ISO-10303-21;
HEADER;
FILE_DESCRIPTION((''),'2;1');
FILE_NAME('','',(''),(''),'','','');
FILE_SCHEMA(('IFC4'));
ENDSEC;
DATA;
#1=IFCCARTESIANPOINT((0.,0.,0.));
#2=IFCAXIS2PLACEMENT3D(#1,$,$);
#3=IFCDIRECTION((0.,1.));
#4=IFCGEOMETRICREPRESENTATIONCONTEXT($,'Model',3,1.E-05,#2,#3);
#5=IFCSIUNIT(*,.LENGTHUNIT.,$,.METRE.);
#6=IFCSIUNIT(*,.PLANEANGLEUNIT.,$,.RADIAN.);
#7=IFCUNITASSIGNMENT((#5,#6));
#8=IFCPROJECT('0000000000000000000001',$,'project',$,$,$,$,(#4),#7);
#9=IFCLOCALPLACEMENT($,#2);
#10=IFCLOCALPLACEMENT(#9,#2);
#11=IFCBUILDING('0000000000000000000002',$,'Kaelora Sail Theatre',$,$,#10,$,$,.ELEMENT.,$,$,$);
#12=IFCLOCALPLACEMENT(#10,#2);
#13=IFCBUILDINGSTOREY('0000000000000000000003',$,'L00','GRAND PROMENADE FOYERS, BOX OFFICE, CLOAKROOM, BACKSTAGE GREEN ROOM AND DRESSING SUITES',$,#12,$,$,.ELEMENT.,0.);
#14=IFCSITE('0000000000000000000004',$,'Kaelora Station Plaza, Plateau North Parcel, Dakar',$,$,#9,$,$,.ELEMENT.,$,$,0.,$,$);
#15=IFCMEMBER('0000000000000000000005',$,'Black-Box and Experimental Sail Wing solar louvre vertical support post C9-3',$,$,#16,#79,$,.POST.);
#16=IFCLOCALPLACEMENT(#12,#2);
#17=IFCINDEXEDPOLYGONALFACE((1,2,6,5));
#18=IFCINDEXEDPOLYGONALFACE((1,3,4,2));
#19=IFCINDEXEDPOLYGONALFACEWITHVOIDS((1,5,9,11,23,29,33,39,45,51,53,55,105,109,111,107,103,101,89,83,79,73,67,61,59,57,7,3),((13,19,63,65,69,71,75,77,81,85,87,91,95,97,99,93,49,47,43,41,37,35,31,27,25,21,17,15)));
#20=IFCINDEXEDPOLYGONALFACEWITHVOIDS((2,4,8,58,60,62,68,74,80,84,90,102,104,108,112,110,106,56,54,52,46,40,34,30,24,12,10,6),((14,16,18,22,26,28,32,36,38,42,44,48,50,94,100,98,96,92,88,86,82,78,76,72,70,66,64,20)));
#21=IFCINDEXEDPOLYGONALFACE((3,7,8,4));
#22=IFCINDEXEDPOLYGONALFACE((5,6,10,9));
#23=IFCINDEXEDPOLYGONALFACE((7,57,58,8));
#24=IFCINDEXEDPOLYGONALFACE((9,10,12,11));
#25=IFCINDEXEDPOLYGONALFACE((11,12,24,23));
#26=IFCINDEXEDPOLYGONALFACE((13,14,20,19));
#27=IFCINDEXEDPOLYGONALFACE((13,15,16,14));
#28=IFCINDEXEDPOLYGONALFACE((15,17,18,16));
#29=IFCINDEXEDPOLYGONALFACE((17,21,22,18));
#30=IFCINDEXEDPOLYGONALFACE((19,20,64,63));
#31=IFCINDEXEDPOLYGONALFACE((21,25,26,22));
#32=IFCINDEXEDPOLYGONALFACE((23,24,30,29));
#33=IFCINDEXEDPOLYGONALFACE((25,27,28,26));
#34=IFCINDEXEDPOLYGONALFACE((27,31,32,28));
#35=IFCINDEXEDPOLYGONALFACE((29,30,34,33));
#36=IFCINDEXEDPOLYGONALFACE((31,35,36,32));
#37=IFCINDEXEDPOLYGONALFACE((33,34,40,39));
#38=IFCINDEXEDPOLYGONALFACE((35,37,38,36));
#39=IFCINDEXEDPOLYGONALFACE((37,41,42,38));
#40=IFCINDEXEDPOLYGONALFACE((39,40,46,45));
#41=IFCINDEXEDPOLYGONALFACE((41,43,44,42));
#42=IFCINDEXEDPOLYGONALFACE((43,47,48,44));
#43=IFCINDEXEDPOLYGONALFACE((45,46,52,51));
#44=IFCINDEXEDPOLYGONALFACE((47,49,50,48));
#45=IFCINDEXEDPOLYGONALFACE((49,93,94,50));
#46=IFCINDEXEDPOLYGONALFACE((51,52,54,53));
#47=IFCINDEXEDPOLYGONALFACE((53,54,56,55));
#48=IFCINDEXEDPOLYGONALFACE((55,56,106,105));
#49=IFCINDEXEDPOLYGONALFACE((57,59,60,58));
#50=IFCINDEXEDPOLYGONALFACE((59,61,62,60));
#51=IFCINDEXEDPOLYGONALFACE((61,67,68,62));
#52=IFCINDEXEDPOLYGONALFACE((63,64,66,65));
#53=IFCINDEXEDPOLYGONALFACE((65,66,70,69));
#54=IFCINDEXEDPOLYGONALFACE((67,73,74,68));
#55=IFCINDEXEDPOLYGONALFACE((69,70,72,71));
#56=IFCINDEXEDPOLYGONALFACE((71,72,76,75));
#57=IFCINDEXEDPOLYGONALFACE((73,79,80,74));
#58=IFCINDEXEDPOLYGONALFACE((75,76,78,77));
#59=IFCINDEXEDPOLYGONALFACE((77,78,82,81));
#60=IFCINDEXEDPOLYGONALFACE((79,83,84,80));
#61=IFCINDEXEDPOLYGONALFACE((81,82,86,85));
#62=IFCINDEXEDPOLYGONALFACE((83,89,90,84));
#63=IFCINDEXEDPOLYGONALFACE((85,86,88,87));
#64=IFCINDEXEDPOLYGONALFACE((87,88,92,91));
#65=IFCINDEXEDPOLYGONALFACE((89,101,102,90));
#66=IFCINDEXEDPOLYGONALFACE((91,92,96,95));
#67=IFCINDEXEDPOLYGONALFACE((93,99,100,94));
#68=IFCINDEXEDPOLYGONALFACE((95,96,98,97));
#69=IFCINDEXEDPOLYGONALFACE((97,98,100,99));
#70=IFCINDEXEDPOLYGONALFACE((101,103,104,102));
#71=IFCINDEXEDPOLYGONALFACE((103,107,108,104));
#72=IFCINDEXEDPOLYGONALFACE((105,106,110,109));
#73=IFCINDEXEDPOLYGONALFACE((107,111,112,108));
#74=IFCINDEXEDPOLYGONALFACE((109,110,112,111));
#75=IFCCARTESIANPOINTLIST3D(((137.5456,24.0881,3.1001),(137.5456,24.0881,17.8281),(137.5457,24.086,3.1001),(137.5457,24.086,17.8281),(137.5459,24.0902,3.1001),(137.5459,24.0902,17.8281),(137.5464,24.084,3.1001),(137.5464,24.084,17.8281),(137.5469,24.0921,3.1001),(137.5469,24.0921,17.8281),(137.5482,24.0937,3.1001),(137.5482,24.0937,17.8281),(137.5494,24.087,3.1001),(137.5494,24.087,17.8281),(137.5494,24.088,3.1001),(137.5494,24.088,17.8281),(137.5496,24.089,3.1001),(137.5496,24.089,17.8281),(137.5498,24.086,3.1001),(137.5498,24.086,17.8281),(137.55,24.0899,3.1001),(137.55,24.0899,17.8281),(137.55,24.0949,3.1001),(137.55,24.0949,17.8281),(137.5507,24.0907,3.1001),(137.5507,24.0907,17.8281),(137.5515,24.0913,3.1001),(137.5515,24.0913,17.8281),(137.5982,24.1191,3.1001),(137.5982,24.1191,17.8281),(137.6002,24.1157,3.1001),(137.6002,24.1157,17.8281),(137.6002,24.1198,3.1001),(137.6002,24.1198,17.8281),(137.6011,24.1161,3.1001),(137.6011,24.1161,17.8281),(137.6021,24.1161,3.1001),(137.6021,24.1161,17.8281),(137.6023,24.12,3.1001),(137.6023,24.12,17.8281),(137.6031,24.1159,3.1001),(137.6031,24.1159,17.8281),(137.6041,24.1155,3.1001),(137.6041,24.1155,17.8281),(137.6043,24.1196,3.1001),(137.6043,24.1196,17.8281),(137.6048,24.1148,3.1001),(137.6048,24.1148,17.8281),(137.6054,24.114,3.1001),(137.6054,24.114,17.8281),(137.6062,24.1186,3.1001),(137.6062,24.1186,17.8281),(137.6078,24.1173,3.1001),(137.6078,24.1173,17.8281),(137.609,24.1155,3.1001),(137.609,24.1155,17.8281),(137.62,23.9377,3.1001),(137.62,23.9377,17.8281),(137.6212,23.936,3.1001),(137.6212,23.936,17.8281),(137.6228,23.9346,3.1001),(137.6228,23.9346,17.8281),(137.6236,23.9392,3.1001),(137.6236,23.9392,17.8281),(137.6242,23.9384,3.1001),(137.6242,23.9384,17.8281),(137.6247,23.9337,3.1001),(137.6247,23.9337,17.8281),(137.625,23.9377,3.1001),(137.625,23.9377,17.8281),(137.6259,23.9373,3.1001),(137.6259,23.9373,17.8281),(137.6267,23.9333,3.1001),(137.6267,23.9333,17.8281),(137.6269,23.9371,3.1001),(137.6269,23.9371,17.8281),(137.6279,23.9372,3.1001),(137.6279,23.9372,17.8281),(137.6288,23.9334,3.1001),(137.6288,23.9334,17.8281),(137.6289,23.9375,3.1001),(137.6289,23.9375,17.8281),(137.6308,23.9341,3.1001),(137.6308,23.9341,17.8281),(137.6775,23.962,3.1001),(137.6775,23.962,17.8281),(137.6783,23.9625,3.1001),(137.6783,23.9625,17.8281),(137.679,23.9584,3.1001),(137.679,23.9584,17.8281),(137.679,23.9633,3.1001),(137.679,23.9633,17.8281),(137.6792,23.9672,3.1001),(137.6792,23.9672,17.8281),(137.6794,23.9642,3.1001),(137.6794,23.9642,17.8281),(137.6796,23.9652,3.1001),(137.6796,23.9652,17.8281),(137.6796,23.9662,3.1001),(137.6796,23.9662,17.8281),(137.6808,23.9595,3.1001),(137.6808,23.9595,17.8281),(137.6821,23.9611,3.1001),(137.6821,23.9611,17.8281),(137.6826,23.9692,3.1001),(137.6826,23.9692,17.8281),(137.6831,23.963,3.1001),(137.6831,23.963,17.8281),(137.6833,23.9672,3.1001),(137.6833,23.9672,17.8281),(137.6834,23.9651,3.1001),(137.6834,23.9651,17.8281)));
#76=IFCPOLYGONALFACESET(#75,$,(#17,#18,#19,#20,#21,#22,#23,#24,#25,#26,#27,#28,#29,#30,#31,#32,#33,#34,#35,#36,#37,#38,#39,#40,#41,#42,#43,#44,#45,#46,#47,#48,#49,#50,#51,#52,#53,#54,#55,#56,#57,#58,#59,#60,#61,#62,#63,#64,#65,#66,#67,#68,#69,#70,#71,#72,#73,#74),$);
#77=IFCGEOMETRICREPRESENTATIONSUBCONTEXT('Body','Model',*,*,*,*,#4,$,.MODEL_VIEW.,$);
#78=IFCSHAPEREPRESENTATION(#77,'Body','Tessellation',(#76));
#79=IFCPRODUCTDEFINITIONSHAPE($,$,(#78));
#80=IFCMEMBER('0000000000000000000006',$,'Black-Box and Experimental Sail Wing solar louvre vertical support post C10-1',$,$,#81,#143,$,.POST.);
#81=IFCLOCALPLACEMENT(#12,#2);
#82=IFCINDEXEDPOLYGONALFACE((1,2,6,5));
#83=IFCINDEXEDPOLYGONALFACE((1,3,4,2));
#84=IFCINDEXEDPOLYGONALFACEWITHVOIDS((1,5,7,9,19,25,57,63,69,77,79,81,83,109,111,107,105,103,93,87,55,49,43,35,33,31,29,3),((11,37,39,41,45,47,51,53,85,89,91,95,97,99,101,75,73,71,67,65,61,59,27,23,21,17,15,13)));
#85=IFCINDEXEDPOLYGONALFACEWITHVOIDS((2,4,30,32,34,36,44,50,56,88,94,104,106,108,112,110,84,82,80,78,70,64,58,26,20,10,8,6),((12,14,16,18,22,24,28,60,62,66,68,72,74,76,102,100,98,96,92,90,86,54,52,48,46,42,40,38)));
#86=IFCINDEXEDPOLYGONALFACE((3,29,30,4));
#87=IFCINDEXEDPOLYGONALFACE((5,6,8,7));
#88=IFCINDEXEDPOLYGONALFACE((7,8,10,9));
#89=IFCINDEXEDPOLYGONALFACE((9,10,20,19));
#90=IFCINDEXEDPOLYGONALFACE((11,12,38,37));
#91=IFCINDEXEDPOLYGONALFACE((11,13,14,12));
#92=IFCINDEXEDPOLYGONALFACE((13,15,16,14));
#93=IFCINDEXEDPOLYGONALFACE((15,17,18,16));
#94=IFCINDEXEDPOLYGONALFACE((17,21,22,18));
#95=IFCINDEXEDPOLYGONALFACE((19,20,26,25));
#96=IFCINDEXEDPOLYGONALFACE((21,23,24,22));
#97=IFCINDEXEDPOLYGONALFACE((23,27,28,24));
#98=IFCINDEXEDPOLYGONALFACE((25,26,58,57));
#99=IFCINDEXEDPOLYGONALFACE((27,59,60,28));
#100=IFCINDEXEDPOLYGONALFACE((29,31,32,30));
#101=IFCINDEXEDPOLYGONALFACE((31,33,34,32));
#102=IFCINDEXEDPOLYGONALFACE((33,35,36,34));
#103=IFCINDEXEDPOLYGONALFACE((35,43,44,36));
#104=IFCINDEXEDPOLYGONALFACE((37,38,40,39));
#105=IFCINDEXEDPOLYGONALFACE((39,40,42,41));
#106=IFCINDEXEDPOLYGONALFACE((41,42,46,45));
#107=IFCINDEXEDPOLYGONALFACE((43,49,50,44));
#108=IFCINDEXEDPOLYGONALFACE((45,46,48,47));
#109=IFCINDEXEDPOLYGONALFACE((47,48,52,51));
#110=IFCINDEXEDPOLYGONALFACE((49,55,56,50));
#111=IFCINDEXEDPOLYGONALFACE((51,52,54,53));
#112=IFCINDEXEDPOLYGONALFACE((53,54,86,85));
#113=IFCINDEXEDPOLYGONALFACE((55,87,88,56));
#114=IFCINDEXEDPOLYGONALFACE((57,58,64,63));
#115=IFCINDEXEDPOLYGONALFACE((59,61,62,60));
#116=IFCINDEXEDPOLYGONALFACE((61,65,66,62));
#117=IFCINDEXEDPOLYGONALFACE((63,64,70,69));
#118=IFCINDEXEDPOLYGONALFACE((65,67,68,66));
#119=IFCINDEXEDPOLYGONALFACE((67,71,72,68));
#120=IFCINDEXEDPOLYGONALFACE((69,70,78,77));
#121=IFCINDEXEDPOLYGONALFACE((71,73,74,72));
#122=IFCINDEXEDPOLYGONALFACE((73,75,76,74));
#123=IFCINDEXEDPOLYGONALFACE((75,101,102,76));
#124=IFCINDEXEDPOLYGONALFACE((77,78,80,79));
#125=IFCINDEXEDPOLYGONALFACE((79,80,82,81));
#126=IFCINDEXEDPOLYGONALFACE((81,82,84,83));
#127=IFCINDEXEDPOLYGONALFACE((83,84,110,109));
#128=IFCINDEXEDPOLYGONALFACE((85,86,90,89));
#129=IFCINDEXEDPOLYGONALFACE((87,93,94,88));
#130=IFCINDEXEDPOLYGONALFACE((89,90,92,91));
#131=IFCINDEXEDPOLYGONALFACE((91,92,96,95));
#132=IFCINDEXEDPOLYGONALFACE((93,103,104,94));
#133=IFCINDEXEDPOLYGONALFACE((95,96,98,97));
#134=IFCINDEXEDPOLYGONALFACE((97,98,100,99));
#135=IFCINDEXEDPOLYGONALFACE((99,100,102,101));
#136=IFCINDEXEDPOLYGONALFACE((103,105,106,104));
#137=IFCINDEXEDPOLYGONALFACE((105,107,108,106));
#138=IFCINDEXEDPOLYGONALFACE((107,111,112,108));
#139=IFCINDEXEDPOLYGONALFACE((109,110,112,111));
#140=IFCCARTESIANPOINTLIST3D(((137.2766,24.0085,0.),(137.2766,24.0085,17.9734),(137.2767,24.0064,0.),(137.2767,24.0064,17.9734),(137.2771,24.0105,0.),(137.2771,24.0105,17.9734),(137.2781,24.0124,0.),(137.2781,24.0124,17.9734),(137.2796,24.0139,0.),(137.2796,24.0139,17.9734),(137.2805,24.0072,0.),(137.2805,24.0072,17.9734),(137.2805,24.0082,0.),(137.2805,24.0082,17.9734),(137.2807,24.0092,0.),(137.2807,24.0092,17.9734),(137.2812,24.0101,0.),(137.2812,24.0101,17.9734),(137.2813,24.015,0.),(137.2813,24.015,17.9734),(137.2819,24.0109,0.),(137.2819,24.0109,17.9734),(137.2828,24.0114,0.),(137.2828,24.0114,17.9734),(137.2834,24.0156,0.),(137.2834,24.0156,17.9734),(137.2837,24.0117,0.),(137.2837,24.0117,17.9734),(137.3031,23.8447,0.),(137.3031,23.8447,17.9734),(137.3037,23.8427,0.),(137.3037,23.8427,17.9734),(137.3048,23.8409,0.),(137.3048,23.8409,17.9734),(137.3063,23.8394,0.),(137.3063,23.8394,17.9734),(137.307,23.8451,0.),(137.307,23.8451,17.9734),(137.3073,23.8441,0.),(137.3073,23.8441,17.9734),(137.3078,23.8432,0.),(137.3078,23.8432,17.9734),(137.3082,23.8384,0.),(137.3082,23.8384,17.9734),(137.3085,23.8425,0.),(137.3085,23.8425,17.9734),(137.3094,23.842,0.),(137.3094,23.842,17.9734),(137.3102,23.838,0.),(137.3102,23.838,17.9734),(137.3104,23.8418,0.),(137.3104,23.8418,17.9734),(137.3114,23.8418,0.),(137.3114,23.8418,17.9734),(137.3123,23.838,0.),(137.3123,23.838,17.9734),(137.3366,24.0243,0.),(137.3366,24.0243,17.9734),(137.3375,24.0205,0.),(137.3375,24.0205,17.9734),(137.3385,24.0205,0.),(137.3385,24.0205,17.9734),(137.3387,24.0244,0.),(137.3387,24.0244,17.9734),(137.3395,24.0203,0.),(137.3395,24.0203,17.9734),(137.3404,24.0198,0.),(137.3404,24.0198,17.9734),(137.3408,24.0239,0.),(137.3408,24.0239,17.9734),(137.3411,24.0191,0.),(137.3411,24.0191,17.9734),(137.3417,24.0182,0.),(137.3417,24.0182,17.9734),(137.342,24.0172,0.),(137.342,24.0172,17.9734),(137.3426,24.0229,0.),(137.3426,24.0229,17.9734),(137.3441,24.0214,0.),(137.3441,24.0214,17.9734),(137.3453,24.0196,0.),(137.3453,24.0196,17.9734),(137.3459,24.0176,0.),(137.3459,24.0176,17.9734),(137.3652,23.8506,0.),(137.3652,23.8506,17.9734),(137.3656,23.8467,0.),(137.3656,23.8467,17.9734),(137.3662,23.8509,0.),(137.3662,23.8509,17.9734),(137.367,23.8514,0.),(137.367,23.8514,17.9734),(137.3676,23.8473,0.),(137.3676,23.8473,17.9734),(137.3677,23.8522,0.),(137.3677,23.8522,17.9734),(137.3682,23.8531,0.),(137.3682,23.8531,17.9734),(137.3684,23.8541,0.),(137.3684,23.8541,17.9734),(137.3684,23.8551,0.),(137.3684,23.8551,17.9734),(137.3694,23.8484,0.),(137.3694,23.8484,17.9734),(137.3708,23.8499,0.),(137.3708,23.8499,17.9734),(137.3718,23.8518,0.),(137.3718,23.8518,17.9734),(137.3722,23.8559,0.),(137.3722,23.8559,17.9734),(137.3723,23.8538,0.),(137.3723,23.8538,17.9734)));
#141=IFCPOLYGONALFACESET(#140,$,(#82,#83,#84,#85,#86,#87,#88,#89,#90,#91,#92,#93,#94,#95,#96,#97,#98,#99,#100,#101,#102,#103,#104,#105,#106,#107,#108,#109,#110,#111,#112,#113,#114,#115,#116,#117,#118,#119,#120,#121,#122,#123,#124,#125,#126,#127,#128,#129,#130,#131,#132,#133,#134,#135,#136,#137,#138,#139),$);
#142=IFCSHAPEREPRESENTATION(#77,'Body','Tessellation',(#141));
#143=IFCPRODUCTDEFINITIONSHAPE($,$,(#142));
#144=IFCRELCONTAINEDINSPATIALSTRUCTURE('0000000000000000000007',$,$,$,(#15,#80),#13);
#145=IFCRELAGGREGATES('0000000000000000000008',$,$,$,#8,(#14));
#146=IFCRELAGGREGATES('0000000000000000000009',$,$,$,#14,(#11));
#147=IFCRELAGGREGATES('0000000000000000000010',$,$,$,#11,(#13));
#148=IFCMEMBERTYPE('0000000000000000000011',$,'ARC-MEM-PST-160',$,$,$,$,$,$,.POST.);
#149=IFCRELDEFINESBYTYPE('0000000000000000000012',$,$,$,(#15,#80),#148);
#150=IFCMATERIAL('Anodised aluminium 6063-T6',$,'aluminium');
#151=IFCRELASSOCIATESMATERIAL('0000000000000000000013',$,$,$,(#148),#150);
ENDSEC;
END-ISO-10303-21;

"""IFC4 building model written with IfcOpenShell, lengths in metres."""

from ifc_helpers import new_model, si_unit, direction, frame, origin, origin_2d, place, context, subcontext, project, spatial, hollow_rectangle, extrude, material, material_profile, profile_set, type_object, element, save


model = new_model("IFC4")

# Units and contexts
model_context = context("Model", 3, precision=1e-05, world=origin(), true_north=direction((0.0, 1.0)))
body_context = subcontext(model_context, "Body", "Model", "MODEL_VIEW")
ifc_project = project(units=[si_unit("LENGTHUNIT", "METRE"), si_unit("PLANEANGLEUNIT", "RADIAN")], contexts=[model_context])

# Site, building, storey
site_placement = place(None, origin())
site = spatial("IfcSite", under=ifc_project, at=site_placement, Name="Kaelora Station Plaza, Plateau North Parcel, Dakar", CompositionType="ELEMENT", RefElevation=0.0)
building_placement = place(site_placement, origin())
building = spatial("IfcBuilding", under=site, at=building_placement, Name="Kaelora Sail Theatre", CompositionType="ELEMENT")
storey_placement = place(building_placement, origin())
storey = spatial("IfcBuildingStorey", under=building, at=storey_placement, Name="L00", Description="GRAND PROMENADE FOYERS, BOX OFFICE, CLOAKROOM, BACKSTAGE GREEN ROOM AND DRESSING SUITES", CompositionType="ELEMENT", Elevation=0.0)

# Members
ifc_material_1 = material(Name="Anodised aluminium 6063-T6", Category="aluminium")
ifc_material_profile_1 = material_profile(ifc_material_1, hollow_rectangle(XDim=0.0701, YDim=0.1799, WallThickness=0.0039, InnerFilletRadius=0.0039, OuterFilletRadius=0.0081, at=origin_2d()), Name="ALU-MULL 70x180x4")
ifc_profile_set_1 = profile_set([ifc_material_profile_1], Name="Anodised aluminium 6063-T6")
member_type_1 = type_object("IfcMemberType", Name="ARC-MEM-PST-160", PredefinedType="POST", material=ifc_profile_set_1)
member_placement = place(storey_placement, frame((137.6145, 24.0266, 3.1001), z_axis=(0.0, 0.0, 1.0), x_axis=(-0.893371, -0.449319, 0.0)))
element("IfcMember", 1, at=member_placement, inside=storey, type_object=member_type_1, Name="Black-Box and Experimental Sail Wing solar louvre vertical support post C9-3", PredefinedType="POST", context=body_context, shape_type="SweptSolid", body=[
    extrude(hollow_rectangle(XDim=0.0701, YDim=0.1799, WallThickness=0.0039, InnerFilletRadius=0.0039, OuterFilletRadius=0.0081, at=origin_2d()), origin(), (0.0, 0.0, 1.0), 14.728),
])
for number, where, z_axis, x_axis, name in (
    (2, (137.3245, 23.9312, 0.0), (0.0, 0.0, 1.0), (-0.986968, -0.160915, 0.0), "Black-Box and Experimental Sail Wing solar louvre vertical support post C10-1"),
):
    element("IfcMember", number, at=place(storey_placement, frame(where, z_axis=z_axis, x_axis=x_axis)), inside=storey, type_object=member_type_1, Name=name, PredefinedType="POST", context=body_context, shape_type="SweptSolid", body=[
        extrude(hollow_rectangle(XDim=0.0701, YDim=0.1799, WallThickness=0.0039, InnerFilletRadius=0.0039, OuterFilletRadius=0.0081, at=origin_2d()), origin(), (0.0, 0.0, 1.0), 17.9734),
    ])

save(model, "model.ifc")
